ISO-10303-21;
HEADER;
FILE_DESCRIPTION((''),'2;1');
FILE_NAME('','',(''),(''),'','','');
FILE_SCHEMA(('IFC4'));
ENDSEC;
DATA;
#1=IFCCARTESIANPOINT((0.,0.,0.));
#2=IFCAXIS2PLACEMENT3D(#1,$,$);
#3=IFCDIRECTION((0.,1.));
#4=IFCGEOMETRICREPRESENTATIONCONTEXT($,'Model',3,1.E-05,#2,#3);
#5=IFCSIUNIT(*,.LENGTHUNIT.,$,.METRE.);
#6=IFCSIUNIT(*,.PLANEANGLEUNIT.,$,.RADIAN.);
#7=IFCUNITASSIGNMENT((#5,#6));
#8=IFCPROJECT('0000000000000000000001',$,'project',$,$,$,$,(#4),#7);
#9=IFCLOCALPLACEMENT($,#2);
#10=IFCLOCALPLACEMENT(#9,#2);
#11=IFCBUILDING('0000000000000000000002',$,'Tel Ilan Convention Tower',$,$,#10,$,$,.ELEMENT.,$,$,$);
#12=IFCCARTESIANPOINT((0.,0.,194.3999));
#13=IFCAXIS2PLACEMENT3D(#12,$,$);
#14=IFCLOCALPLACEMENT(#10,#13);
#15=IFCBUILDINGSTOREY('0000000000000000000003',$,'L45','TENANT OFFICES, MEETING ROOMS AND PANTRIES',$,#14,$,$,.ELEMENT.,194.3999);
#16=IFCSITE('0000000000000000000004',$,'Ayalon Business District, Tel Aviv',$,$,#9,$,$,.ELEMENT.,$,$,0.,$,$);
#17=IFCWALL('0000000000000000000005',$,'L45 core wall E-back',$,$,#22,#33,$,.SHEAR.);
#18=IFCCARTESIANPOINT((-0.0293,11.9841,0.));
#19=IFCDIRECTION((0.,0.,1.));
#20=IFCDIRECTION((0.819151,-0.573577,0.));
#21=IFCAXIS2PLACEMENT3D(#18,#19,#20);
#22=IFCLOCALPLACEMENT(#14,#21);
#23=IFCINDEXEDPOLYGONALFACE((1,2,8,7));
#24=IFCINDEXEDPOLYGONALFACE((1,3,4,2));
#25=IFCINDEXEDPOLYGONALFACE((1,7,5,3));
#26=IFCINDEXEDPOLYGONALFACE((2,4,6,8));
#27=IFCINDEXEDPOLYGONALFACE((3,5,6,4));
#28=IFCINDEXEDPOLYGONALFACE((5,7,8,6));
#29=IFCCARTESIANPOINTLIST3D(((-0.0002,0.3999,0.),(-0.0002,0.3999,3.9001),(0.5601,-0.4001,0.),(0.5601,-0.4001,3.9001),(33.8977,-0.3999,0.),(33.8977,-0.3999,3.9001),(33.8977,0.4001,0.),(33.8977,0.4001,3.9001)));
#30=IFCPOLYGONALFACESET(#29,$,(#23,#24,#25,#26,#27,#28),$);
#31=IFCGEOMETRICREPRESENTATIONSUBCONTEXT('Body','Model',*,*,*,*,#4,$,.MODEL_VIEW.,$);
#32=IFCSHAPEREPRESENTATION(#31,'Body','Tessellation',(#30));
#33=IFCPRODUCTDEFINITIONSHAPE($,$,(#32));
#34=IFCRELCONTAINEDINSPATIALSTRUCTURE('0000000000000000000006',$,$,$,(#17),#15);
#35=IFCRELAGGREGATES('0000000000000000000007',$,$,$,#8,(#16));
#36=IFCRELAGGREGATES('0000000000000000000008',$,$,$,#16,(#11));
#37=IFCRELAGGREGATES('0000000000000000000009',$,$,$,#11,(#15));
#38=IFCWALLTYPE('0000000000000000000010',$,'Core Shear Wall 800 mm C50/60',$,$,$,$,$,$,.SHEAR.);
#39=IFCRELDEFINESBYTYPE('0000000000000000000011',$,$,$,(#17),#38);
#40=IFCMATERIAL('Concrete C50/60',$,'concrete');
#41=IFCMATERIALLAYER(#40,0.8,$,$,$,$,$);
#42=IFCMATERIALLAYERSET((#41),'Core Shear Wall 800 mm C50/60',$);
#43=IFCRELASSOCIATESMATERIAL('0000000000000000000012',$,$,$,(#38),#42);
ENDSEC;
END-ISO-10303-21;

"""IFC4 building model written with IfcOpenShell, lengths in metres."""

from ifc_helpers import new_model, si_unit, direction, frame, origin, place, context, subcontext, project, spatial, polyline, outline, extrude, material, layer, layer_set, type_object, element, save


model = new_model("IFC4")

# Units and contexts
model_context = context("Model", 3, precision=1e-05, world=origin(), true_north=direction((0.0, 1.0)))
body_context = subcontext(model_context, "Body", "Model", "MODEL_VIEW")
ifc_project = project(units=[si_unit("LENGTHUNIT", "METRE"), si_unit("PLANEANGLEUNIT", "RADIAN")], contexts=[model_context])

# Site, building, storey
site_placement = place(None, origin())
site = spatial("IfcSite", under=ifc_project, at=site_placement, Name="Ayalon Business District, Tel Aviv", CompositionType="ELEMENT", RefElevation=0.0)
building_placement = place(site_placement, origin())
building = spatial("IfcBuilding", under=site, at=building_placement, Name="Tel Ilan Convention Tower", CompositionType="ELEMENT")
storey_placement = place(building_placement, frame((0.0, 0.0, 194.3999)))
storey = spatial("IfcBuildingStorey", under=building, at=storey_placement, Name="L45", Description="TENANT OFFICES, MEETING ROOMS AND PANTRIES", CompositionType="ELEMENT", Elevation=194.3999)

# Wall
ifc_material_1 = material(Name="Concrete C50/60", Category="concrete")
ifc_layer_1 = layer(ifc_material_1, 0.8)
ifc_layer_set_1 = layer_set([ifc_layer_1], Name="Core Shear Wall 800 mm C50/60")
wall_type_1 = type_object("IfcWallType", Name="Core Shear Wall 800 mm C50/60", PredefinedType="SHEAR", material=ifc_layer_set_1)
wall_1_placement = place(storey_placement, frame((-0.0293, 11.9841, 0.0), z_axis=(0.0, 0.0, 1.0), x_axis=(0.819151, -0.573577, 0.0)))
element("IfcWall", 1, at=wall_1_placement, inside=storey, type_object=wall_type_1, Name="L45 core wall E-back", PredefinedType="SHEAR", context=body_context, shape_type="SweptSolid", body=[
    extrude(outline(polyline([(33.8977, 0.4001), (-0.0002, 0.3999), (0.5601, -0.4001), (33.8977, -0.3999), (33.8977, 0.4001)])), origin(), (0.0, 0.0, 1.0), 3.9001),
])

save(model, "model.ifc")
